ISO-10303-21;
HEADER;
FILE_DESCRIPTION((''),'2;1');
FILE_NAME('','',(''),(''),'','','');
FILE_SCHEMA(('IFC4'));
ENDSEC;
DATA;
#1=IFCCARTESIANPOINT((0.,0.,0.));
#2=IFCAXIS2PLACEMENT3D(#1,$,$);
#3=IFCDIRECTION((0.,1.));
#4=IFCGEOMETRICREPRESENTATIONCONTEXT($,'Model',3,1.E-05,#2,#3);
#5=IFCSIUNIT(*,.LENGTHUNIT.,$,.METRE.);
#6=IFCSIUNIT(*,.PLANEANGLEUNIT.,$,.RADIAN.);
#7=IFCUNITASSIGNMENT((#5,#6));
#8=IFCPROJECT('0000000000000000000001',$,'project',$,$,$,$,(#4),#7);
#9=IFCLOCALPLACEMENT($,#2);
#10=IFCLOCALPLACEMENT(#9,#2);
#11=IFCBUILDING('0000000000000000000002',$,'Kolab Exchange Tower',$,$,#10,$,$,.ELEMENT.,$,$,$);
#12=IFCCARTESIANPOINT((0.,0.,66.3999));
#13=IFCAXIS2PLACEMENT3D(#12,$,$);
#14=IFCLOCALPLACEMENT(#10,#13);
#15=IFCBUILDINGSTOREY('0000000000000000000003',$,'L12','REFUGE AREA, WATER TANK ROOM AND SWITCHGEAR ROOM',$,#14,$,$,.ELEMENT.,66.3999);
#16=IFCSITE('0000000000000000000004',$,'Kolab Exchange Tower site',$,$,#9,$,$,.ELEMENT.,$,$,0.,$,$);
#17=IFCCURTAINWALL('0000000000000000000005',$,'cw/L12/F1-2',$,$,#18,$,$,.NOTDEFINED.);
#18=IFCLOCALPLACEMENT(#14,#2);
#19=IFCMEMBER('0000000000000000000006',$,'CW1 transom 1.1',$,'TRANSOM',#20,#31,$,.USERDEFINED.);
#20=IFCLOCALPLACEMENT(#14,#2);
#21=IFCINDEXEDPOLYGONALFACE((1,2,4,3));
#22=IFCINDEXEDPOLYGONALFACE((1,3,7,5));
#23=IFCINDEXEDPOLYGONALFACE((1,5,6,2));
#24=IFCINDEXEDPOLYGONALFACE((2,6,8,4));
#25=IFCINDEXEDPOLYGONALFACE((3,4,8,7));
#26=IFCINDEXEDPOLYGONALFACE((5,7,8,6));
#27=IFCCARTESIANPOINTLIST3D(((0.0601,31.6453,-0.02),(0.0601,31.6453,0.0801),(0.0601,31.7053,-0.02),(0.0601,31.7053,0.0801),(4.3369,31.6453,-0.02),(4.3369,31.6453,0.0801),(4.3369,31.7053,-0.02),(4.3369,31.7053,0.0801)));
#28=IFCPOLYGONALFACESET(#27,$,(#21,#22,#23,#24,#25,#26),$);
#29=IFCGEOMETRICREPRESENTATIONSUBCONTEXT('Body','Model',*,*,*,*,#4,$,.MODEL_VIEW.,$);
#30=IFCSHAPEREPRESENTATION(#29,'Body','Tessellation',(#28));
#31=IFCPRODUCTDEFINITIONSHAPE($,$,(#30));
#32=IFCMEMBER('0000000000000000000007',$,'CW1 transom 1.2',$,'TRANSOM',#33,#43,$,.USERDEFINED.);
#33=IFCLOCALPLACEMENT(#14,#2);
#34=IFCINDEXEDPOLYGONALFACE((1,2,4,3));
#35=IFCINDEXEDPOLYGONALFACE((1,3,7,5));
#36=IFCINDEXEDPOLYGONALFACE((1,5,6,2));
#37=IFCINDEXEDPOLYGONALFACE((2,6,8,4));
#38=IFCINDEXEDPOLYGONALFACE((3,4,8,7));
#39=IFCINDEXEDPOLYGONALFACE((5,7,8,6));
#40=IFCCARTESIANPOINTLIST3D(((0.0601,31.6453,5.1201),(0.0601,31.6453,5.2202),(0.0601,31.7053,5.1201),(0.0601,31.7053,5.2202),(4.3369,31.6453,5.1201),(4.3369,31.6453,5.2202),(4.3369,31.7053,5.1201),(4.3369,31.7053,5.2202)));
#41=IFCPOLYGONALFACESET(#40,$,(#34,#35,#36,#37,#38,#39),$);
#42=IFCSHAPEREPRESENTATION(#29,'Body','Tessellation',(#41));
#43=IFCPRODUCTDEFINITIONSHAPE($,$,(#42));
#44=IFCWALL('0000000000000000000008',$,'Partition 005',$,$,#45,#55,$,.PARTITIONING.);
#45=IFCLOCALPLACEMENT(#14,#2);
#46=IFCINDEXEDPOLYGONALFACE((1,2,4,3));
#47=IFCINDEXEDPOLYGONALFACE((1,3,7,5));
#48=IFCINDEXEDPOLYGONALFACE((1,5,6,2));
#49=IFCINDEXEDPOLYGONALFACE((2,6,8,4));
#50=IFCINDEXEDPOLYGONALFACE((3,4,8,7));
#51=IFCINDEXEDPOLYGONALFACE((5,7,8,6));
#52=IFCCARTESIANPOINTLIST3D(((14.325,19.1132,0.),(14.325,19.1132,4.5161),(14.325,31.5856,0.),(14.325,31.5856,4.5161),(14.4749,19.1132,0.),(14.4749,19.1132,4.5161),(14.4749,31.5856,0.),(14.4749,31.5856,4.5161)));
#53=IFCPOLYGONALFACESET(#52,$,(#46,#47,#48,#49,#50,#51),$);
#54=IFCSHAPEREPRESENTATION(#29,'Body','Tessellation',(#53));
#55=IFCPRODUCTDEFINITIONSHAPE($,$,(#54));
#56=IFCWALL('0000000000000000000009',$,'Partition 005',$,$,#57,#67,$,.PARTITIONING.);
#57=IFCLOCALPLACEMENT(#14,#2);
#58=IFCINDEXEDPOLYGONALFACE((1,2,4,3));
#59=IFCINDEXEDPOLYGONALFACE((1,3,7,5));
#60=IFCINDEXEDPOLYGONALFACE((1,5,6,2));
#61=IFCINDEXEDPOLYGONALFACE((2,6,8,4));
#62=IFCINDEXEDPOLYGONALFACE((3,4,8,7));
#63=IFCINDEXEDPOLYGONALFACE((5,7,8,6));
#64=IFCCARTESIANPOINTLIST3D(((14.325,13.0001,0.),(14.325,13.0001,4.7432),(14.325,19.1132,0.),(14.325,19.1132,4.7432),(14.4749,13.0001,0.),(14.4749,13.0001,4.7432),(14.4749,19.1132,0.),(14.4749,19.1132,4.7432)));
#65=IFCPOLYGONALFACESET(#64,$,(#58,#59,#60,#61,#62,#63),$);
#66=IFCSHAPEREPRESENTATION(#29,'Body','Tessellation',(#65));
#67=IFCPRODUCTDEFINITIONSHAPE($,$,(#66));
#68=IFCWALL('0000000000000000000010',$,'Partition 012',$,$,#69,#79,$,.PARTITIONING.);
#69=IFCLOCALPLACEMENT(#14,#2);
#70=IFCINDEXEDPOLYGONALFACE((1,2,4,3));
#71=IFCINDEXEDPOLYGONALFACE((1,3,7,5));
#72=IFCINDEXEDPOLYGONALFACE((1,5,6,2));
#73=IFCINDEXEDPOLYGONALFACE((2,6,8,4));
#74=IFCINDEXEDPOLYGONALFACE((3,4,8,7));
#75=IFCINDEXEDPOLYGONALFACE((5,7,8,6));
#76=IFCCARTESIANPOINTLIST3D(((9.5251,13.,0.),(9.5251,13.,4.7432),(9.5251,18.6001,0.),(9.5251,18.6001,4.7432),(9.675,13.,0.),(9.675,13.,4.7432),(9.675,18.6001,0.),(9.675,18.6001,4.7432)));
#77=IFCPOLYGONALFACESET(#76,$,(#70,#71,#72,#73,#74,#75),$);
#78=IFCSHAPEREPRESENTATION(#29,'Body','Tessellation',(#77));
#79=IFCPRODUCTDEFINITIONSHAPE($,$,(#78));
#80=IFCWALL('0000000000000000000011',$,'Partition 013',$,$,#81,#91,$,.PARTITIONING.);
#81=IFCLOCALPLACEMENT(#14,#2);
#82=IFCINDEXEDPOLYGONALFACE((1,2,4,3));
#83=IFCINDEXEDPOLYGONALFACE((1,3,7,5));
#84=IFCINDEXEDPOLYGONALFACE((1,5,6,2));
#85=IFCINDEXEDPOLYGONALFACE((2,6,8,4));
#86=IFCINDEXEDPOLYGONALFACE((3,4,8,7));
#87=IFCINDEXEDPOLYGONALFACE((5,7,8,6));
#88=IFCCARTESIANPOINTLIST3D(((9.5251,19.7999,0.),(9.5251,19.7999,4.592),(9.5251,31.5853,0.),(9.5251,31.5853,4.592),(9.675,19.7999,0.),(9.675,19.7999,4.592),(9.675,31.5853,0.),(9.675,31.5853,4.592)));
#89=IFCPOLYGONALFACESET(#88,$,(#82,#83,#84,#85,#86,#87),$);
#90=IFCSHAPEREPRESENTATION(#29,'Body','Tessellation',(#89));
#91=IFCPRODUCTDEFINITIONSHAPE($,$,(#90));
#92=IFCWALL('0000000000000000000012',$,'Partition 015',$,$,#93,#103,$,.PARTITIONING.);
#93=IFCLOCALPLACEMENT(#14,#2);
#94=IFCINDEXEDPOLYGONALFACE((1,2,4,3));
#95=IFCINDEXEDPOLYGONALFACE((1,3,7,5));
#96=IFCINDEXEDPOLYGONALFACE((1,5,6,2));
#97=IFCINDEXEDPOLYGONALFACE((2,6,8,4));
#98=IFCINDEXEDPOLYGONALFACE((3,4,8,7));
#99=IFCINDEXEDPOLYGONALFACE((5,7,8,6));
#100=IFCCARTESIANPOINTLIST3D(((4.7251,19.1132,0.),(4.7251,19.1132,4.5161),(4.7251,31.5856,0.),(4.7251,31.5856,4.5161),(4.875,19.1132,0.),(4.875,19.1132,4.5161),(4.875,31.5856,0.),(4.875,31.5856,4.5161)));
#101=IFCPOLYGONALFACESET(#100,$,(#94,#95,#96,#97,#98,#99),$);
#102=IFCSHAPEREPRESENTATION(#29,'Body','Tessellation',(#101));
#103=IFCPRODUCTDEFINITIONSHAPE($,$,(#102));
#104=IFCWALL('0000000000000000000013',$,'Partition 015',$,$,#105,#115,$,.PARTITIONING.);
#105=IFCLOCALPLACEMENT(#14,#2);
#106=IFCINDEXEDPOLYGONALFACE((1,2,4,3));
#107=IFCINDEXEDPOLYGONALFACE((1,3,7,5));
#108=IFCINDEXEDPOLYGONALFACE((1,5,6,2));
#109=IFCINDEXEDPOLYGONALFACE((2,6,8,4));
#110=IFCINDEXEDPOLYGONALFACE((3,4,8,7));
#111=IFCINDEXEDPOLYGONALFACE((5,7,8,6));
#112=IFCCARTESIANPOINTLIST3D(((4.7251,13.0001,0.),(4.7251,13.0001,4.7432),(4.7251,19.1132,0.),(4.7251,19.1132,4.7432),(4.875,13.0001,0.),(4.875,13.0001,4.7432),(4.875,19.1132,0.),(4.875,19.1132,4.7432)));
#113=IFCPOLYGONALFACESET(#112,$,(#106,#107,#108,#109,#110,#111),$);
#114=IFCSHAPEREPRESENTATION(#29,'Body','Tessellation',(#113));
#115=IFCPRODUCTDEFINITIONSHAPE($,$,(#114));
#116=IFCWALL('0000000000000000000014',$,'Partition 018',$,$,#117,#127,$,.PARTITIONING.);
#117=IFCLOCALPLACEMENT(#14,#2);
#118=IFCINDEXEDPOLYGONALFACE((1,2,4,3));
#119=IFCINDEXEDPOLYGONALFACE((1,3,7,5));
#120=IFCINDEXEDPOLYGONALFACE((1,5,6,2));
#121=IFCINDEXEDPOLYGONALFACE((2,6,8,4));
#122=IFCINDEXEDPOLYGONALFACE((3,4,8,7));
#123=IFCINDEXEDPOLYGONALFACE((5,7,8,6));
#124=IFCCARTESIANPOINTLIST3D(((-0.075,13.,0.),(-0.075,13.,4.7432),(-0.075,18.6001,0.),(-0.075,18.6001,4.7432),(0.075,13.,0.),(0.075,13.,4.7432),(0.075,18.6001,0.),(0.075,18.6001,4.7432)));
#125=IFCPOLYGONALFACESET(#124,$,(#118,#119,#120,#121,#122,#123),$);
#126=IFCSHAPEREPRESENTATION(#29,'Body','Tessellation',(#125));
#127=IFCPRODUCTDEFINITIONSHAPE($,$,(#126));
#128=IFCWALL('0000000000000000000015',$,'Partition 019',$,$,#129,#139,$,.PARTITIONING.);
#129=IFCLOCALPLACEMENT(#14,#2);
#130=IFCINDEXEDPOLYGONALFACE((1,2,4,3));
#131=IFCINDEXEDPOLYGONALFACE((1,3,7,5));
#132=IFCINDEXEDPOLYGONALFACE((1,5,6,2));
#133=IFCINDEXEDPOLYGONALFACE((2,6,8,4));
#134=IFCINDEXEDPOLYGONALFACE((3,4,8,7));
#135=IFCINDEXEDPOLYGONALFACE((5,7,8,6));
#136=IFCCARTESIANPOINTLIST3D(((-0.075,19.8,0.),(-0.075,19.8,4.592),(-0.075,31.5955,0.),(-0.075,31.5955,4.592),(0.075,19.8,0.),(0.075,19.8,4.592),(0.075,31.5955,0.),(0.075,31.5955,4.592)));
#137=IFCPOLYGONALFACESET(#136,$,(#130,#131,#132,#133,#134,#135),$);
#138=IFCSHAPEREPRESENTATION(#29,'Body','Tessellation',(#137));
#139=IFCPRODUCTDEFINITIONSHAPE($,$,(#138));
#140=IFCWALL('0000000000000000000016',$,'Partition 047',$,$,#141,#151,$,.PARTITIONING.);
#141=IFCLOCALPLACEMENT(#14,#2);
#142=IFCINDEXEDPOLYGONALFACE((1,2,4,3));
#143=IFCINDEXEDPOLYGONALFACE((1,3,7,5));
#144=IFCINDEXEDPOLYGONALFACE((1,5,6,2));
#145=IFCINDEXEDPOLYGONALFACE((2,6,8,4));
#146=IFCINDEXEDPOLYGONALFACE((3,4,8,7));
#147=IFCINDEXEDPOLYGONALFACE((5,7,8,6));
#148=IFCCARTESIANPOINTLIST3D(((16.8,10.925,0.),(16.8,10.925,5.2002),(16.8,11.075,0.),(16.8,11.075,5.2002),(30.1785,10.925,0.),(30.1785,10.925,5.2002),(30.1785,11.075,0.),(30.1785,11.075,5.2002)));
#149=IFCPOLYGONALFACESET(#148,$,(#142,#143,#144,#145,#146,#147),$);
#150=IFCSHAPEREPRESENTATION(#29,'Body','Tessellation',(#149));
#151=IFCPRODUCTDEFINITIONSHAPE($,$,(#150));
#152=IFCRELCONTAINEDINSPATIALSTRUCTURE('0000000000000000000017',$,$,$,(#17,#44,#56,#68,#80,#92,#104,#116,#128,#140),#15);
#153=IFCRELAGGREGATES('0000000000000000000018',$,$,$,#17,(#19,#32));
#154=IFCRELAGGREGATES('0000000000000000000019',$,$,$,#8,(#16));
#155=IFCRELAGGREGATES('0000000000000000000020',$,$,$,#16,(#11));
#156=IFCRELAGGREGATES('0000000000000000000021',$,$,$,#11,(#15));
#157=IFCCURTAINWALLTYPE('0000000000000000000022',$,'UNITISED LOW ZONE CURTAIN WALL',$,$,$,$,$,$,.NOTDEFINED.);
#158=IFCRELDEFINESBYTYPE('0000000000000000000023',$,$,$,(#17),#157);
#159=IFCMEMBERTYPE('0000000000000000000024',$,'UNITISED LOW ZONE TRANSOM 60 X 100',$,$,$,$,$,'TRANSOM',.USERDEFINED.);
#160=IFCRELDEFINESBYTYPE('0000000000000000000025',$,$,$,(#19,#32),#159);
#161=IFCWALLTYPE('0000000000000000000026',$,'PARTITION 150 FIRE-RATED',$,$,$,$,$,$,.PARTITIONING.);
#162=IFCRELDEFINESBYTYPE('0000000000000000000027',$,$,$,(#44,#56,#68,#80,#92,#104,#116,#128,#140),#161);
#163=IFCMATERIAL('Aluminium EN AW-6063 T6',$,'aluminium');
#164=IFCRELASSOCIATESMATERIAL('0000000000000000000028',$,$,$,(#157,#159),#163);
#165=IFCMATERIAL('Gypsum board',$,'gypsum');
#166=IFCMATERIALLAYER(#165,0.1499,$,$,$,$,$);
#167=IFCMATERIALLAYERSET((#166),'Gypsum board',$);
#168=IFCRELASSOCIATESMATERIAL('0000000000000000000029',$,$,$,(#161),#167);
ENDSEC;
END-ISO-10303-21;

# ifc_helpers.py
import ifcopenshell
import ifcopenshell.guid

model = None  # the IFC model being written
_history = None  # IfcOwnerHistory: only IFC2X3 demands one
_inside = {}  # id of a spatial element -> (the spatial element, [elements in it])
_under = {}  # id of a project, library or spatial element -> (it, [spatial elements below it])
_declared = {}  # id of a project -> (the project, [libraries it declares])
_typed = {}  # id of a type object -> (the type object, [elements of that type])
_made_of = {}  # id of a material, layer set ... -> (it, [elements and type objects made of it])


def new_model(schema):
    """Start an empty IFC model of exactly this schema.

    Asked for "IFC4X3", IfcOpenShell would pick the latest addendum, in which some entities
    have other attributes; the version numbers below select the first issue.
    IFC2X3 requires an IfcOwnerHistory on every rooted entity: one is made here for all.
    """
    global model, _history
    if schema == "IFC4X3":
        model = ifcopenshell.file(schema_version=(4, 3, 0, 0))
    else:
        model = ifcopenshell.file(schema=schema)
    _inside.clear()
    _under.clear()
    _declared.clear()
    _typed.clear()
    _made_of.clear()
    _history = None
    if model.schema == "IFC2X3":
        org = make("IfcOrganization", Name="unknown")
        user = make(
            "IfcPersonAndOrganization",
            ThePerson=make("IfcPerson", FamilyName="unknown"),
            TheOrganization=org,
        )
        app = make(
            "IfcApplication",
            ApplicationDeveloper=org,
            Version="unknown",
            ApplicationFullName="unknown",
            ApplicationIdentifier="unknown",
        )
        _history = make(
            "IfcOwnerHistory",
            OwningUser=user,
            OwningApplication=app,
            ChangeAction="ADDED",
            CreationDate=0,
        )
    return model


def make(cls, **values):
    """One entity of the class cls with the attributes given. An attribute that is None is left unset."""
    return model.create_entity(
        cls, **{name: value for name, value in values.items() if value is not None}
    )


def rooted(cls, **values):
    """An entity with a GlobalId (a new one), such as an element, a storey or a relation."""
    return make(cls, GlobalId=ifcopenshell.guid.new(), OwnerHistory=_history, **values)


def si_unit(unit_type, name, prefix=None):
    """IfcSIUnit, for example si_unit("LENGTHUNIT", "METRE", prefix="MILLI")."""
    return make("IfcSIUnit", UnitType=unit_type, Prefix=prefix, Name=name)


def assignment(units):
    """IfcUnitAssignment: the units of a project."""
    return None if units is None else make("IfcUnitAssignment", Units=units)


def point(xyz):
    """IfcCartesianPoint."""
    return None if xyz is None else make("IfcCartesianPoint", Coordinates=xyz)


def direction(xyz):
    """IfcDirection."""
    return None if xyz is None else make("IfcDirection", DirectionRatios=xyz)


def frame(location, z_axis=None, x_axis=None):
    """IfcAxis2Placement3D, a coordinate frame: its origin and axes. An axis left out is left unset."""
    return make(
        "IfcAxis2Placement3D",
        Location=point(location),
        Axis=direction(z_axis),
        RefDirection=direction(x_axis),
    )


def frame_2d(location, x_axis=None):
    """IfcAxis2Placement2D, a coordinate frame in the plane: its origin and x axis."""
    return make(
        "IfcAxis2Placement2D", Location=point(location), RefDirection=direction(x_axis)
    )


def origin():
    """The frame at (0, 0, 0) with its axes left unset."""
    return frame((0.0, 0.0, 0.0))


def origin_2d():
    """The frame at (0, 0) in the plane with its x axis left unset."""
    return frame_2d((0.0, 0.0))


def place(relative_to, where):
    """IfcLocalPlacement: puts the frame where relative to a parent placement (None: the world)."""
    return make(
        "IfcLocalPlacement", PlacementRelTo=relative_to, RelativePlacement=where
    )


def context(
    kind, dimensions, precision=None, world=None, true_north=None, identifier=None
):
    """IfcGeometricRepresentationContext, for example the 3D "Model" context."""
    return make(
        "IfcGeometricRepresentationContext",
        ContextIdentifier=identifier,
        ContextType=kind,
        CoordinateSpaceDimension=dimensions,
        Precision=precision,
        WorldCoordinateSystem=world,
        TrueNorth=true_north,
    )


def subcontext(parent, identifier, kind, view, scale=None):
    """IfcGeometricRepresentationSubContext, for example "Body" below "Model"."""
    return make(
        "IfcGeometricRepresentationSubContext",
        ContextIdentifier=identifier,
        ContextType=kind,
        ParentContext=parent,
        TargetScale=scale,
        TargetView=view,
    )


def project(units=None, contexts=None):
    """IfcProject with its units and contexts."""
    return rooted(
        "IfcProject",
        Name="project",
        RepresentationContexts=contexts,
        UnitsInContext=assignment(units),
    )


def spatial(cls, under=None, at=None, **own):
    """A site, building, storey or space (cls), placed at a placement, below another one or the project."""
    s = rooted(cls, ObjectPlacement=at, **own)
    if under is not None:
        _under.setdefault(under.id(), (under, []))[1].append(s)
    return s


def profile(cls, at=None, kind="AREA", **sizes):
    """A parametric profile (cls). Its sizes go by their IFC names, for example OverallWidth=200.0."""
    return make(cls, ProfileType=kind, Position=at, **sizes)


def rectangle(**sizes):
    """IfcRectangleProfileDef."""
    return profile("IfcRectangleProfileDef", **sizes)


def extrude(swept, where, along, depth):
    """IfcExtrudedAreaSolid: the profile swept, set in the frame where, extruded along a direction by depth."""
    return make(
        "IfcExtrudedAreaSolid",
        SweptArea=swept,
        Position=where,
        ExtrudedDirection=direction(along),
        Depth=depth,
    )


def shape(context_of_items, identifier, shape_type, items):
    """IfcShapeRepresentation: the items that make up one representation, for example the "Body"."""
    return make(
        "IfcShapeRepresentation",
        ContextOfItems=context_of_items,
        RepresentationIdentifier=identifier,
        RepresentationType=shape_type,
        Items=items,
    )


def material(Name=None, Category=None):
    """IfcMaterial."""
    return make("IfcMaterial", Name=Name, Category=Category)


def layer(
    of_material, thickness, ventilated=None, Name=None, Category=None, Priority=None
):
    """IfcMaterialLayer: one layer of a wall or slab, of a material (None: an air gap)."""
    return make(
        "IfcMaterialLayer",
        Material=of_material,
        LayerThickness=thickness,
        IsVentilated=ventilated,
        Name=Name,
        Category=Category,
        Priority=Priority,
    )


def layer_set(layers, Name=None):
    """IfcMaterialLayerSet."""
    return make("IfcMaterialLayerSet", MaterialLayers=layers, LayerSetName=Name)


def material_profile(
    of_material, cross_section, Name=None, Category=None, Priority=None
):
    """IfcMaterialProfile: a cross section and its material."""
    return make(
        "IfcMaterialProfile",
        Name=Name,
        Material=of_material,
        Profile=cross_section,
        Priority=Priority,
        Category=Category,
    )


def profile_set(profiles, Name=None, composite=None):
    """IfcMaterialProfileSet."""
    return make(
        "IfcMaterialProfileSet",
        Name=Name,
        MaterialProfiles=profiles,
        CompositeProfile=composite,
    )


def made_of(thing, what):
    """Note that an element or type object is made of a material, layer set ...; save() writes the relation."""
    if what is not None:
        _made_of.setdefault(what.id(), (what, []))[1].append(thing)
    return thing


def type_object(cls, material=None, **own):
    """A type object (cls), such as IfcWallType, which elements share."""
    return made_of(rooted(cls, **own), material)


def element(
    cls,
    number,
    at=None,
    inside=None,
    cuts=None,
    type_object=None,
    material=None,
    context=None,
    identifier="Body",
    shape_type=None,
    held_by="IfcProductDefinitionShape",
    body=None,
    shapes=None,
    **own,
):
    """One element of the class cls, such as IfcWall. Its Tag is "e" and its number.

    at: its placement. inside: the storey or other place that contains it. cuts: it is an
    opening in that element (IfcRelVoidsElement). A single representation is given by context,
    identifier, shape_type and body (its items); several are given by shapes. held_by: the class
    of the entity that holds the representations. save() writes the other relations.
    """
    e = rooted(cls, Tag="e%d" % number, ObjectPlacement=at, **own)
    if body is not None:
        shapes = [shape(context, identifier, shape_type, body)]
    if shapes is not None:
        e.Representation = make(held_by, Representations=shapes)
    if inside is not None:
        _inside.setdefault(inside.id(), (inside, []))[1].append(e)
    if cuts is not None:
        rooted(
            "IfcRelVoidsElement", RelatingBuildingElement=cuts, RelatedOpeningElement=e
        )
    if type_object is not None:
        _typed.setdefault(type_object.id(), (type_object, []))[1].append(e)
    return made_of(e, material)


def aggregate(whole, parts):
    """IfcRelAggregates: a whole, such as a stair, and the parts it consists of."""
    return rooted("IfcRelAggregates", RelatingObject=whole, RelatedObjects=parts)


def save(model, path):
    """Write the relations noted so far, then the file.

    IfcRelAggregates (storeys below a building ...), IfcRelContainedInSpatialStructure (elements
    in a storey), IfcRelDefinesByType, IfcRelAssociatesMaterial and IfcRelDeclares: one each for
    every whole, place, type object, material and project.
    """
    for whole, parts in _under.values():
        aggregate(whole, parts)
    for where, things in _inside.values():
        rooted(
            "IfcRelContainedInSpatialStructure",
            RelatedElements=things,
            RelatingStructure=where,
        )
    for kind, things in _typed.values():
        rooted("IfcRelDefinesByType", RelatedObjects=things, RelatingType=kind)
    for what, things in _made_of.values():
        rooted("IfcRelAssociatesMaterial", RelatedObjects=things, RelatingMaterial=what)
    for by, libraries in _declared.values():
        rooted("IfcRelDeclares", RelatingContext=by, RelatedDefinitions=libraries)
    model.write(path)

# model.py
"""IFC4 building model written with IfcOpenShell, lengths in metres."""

from ifc_helpers import new_model, si_unit, direction, frame, frame_2d, origin, origin_2d, place, context, subcontext, project, spatial, rectangle, extrude, material, layer, layer_set, material_profile, profile_set, type_object, element, aggregate, save


model = new_model("IFC4")

# Units and contexts
model_context = context("Model", 3, precision=1e-05, world=origin(), true_north=direction((0.0, 1.0)))
body_context = subcontext(model_context, "Body", "Model", "MODEL_VIEW")
ifc_project = project(units=[si_unit("LENGTHUNIT", "METRE"), si_unit("PLANEANGLEUNIT", "RADIAN")], contexts=[model_context])

# Site, building, storey
site_placement = place(None, origin())
site = spatial("IfcSite", under=ifc_project, at=site_placement, Name="Kolab Exchange Tower site", CompositionType="ELEMENT", RefElevation=0.0)
building_placement = place(site_placement, origin())
building = spatial("IfcBuilding", under=site, at=building_placement, Name="Kolab Exchange Tower", CompositionType="ELEMENT")
storey_placement = place(building_placement, frame((0.0, 0.0, 66.3999)))
storey = spatial("IfcBuildingStorey", under=building, at=storey_placement, Name="L12", Description="REFUGE AREA, WATER TANK ROOM AND SWITCHGEAR ROOM", CompositionType="ELEMENT", Elevation=66.3999)

# Curtain wall, members
ifc_material_1 = material(Name="Aluminium EN AW-6063 T6", Category="aluminium")
curtain_wall_type = type_object("IfcCurtainWallType", Name="UNITISED LOW ZONE CURTAIN WALL", PredefinedType="NOTDEFINED", material=ifc_material_1)
curtain_wall_placement = place(storey_placement, origin())
curtain_wall = element("IfcCurtainWall", 1, at=curtain_wall_placement, inside=storey, type_object=curtain_wall_type, Name="cw/L12/F1-2", PredefinedType="NOTDEFINED")
ifc_material_profile_1 = material_profile(ifc_material_1, rectangle(XDim=0.0601, YDim=0.1001, at=origin_2d()), Name="RECT 60X100")
ifc_profile_set_1 = profile_set([ifc_material_profile_1], Name="Aluminium EN AW-6063 T6")
member_type_1 = type_object("IfcMemberType", Name="UNITISED LOW ZONE TRANSOM 60 X 100", ElementType="TRANSOM", PredefinedType="USERDEFINED", material=ifc_profile_set_1)
member_1_placement = place(storey_placement, frame((0.0601, 31.6753, 0.03), z_axis=(1.0, 0.0, 0.0), x_axis=(0.0, 1.0, 0.0)))
member_1 = element("IfcMember", 2, at=member_1_placement, type_object=member_type_1, Name="CW1 transom 1.1", ObjectType="TRANSOM", PredefinedType="USERDEFINED", context=body_context, shape_type="SweptSolid", body=[
    extrude(rectangle(XDim=0.0601, YDim=0.1001, at=origin_2d()), origin(), (0.0, 0.0, 1.0), 4.2769),
])
member_2_placement = place(storey_placement, frame((0.0601, 31.6753, 5.1702), z_axis=(1.0, 0.0, 0.0), x_axis=(0.0, 1.0, 0.0)))
member_2 = element("IfcMember", 3, at=member_2_placement, type_object=member_type_1, Name="CW1 transom 1.2", ObjectType="TRANSOM", PredefinedType="USERDEFINED", context=body_context, shape_type="SweptSolid", body=[
    extrude(rectangle(XDim=0.0601, YDim=0.1001, at=origin_2d()), origin(), (0.0, 0.0, 1.0), 4.2769),
])
aggregate(curtain_wall, [member_1, member_2])

# Walls
ifc_material_2 = material(Name="Gypsum board", Category="gypsum")
ifc_layer = layer(ifc_material_2, 0.1499)
ifc_layer_set = layer_set([ifc_layer], Name="Gypsum board")
wall_type = type_object("IfcWallType", Name="PARTITION 150 FIRE-RATED", PredefinedType="PARTITIONING", material=ifc_layer_set)
wall_1_placement = place(storey_placement, frame((14.3999, 19.113, 0.0), z_axis=(0.0, 0.0, 1.0), x_axis=(0.0, 1.0, 0.0)))
element("IfcWall", 4, at=wall_1_placement, inside=storey, type_object=wall_type, Name="Partition 005", PredefinedType="PARTITIONING", context=body_context, shape_type="SweptSolid", body=[
    extrude(rectangle(XDim=12.4724, YDim=0.1499, at=frame_2d((6.2363, 0.0))), origin(), (0.0, 0.0, 1.0), 4.5161),
])
wall_2_placement = place(storey_placement, frame((14.3999, 13.0, 0.0), z_axis=(0.0, 0.0, 1.0), x_axis=(0.0, 1.0, 0.0)))
element("IfcWall", 5, at=wall_2_placement, inside=storey, type_object=wall_type, Name="Partition 005", PredefinedType="PARTITIONING", context=body_context, shape_type="SweptSolid", body=[
    extrude(rectangle(XDim=6.113, YDim=0.1499, at=frame_2d((3.0566, 0.0))), origin(), (0.0, 0.0, 1.0), 4.7432),
])
wall_3_placement = place(storey_placement, frame((9.6001, 13.0, 0.0), z_axis=(0.0, 0.0, 1.0), x_axis=(0.0, 1.0, 0.0)))
element("IfcWall", 6, at=wall_3_placement, inside=storey, type_object=wall_type, Name="Partition 012", PredefinedType="PARTITIONING", context=body_context, shape_type="SweptSolid", body=[
    extrude(rectangle(XDim=5.6001, YDim=0.1499, at=frame_2d((2.8, 0.0))), origin(), (0.0, 0.0, 1.0), 4.7432),
])
wall_4_placement = place(storey_placement, frame((9.6001, 19.8, 0.0), z_axis=(0.0, 0.0, 1.0), x_axis=(0.0, 1.0, 0.0)))
element("IfcWall", 7, at=wall_4_placement, inside=storey, type_object=wall_type, Name="Partition 013", PredefinedType="PARTITIONING", context=body_context, shape_type="SweptSolid", body=[
    extrude(rectangle(XDim=11.7854, YDim=0.1499, at=frame_2d((5.8926, 0.0))), origin(), (0.0, 0.0, 1.0), 4.592),
])
wall_5_placement = place(storey_placement, frame((4.8, 19.113, 0.0), z_axis=(0.0, 0.0, 1.0), x_axis=(0.0, 1.0, 0.0)))
element("IfcWall", 8, at=wall_5_placement, inside=storey, type_object=wall_type, Name="Partition 015", PredefinedType="PARTITIONING", context=body_context, shape_type="SweptSolid", body=[
    extrude(rectangle(XDim=12.4724, YDim=0.1499, at=frame_2d((6.2363, 0.0))), origin(), (0.0, 0.0, 1.0), 4.5161),
])
wall_6_placement = place(storey_placement, frame((4.8, 13.0, 0.0), z_axis=(0.0, 0.0, 1.0), x_axis=(0.0, 1.0, 0.0)))
element("IfcWall", 9, at=wall_6_placement, inside=storey, type_object=wall_type, Name="Partition 015", PredefinedType="PARTITIONING", context=body_context, shape_type="SweptSolid", body=[
    extrude(rectangle(XDim=6.113, YDim=0.1499, at=frame_2d((3.0566, 0.0))), origin(), (0.0, 0.0, 1.0), 4.7432),
])
wall_7_placement = place(storey_placement, frame((0.0, 13.0, 0.0), z_axis=(0.0, 0.0, 1.0), x_axis=(0.0, 1.0, 0.0)))
element("IfcWall", 10, at=wall_7_placement, inside=storey, type_object=wall_type, Name="Partition 018", PredefinedType="PARTITIONING", context=body_context, shape_type="SweptSolid", body=[
    extrude(rectangle(XDim=5.6001, YDim=0.1499, at=frame_2d((2.8, 0.0))), origin(), (0.0, 0.0, 1.0), 4.7432),
])
wall_8_placement = place(storey_placement, frame((0.0, 19.8, 0.0), z_axis=(0.0, 0.0, 1.0), x_axis=(0.0, 1.0, 0.0)))
element("IfcWall", 11, at=wall_8_placement, inside=storey, type_object=wall_type, Name="Partition 019", PredefinedType="PARTITIONING", context=body_context, shape_type="SweptSolid", body=[
    extrude(rectangle(XDim=11.7954, YDim=0.1499, at=frame_2d((5.8977, 0.0))), origin(), (0.0, 0.0, 1.0), 4.592),
])
wall_9_placement = place(storey_placement, frame((16.8, 11.0, 0.0), z_axis=(0.0, 0.0, 1.0), x_axis=(1.0, 0.0, 0.0)))
element("IfcWall", 12, at=wall_9_placement, inside=storey, type_object=wall_type, Name="Partition 047", PredefinedType="PARTITIONING", context=body_context, shape_type="SweptSolid", body=[
    extrude(rectangle(XDim=13.3784, YDim=0.1499, at=frame_2d((6.6892, 0.0))), origin(), (0.0, 0.0, 1.0), 5.2002),
])

save(model, "model.ifc")
